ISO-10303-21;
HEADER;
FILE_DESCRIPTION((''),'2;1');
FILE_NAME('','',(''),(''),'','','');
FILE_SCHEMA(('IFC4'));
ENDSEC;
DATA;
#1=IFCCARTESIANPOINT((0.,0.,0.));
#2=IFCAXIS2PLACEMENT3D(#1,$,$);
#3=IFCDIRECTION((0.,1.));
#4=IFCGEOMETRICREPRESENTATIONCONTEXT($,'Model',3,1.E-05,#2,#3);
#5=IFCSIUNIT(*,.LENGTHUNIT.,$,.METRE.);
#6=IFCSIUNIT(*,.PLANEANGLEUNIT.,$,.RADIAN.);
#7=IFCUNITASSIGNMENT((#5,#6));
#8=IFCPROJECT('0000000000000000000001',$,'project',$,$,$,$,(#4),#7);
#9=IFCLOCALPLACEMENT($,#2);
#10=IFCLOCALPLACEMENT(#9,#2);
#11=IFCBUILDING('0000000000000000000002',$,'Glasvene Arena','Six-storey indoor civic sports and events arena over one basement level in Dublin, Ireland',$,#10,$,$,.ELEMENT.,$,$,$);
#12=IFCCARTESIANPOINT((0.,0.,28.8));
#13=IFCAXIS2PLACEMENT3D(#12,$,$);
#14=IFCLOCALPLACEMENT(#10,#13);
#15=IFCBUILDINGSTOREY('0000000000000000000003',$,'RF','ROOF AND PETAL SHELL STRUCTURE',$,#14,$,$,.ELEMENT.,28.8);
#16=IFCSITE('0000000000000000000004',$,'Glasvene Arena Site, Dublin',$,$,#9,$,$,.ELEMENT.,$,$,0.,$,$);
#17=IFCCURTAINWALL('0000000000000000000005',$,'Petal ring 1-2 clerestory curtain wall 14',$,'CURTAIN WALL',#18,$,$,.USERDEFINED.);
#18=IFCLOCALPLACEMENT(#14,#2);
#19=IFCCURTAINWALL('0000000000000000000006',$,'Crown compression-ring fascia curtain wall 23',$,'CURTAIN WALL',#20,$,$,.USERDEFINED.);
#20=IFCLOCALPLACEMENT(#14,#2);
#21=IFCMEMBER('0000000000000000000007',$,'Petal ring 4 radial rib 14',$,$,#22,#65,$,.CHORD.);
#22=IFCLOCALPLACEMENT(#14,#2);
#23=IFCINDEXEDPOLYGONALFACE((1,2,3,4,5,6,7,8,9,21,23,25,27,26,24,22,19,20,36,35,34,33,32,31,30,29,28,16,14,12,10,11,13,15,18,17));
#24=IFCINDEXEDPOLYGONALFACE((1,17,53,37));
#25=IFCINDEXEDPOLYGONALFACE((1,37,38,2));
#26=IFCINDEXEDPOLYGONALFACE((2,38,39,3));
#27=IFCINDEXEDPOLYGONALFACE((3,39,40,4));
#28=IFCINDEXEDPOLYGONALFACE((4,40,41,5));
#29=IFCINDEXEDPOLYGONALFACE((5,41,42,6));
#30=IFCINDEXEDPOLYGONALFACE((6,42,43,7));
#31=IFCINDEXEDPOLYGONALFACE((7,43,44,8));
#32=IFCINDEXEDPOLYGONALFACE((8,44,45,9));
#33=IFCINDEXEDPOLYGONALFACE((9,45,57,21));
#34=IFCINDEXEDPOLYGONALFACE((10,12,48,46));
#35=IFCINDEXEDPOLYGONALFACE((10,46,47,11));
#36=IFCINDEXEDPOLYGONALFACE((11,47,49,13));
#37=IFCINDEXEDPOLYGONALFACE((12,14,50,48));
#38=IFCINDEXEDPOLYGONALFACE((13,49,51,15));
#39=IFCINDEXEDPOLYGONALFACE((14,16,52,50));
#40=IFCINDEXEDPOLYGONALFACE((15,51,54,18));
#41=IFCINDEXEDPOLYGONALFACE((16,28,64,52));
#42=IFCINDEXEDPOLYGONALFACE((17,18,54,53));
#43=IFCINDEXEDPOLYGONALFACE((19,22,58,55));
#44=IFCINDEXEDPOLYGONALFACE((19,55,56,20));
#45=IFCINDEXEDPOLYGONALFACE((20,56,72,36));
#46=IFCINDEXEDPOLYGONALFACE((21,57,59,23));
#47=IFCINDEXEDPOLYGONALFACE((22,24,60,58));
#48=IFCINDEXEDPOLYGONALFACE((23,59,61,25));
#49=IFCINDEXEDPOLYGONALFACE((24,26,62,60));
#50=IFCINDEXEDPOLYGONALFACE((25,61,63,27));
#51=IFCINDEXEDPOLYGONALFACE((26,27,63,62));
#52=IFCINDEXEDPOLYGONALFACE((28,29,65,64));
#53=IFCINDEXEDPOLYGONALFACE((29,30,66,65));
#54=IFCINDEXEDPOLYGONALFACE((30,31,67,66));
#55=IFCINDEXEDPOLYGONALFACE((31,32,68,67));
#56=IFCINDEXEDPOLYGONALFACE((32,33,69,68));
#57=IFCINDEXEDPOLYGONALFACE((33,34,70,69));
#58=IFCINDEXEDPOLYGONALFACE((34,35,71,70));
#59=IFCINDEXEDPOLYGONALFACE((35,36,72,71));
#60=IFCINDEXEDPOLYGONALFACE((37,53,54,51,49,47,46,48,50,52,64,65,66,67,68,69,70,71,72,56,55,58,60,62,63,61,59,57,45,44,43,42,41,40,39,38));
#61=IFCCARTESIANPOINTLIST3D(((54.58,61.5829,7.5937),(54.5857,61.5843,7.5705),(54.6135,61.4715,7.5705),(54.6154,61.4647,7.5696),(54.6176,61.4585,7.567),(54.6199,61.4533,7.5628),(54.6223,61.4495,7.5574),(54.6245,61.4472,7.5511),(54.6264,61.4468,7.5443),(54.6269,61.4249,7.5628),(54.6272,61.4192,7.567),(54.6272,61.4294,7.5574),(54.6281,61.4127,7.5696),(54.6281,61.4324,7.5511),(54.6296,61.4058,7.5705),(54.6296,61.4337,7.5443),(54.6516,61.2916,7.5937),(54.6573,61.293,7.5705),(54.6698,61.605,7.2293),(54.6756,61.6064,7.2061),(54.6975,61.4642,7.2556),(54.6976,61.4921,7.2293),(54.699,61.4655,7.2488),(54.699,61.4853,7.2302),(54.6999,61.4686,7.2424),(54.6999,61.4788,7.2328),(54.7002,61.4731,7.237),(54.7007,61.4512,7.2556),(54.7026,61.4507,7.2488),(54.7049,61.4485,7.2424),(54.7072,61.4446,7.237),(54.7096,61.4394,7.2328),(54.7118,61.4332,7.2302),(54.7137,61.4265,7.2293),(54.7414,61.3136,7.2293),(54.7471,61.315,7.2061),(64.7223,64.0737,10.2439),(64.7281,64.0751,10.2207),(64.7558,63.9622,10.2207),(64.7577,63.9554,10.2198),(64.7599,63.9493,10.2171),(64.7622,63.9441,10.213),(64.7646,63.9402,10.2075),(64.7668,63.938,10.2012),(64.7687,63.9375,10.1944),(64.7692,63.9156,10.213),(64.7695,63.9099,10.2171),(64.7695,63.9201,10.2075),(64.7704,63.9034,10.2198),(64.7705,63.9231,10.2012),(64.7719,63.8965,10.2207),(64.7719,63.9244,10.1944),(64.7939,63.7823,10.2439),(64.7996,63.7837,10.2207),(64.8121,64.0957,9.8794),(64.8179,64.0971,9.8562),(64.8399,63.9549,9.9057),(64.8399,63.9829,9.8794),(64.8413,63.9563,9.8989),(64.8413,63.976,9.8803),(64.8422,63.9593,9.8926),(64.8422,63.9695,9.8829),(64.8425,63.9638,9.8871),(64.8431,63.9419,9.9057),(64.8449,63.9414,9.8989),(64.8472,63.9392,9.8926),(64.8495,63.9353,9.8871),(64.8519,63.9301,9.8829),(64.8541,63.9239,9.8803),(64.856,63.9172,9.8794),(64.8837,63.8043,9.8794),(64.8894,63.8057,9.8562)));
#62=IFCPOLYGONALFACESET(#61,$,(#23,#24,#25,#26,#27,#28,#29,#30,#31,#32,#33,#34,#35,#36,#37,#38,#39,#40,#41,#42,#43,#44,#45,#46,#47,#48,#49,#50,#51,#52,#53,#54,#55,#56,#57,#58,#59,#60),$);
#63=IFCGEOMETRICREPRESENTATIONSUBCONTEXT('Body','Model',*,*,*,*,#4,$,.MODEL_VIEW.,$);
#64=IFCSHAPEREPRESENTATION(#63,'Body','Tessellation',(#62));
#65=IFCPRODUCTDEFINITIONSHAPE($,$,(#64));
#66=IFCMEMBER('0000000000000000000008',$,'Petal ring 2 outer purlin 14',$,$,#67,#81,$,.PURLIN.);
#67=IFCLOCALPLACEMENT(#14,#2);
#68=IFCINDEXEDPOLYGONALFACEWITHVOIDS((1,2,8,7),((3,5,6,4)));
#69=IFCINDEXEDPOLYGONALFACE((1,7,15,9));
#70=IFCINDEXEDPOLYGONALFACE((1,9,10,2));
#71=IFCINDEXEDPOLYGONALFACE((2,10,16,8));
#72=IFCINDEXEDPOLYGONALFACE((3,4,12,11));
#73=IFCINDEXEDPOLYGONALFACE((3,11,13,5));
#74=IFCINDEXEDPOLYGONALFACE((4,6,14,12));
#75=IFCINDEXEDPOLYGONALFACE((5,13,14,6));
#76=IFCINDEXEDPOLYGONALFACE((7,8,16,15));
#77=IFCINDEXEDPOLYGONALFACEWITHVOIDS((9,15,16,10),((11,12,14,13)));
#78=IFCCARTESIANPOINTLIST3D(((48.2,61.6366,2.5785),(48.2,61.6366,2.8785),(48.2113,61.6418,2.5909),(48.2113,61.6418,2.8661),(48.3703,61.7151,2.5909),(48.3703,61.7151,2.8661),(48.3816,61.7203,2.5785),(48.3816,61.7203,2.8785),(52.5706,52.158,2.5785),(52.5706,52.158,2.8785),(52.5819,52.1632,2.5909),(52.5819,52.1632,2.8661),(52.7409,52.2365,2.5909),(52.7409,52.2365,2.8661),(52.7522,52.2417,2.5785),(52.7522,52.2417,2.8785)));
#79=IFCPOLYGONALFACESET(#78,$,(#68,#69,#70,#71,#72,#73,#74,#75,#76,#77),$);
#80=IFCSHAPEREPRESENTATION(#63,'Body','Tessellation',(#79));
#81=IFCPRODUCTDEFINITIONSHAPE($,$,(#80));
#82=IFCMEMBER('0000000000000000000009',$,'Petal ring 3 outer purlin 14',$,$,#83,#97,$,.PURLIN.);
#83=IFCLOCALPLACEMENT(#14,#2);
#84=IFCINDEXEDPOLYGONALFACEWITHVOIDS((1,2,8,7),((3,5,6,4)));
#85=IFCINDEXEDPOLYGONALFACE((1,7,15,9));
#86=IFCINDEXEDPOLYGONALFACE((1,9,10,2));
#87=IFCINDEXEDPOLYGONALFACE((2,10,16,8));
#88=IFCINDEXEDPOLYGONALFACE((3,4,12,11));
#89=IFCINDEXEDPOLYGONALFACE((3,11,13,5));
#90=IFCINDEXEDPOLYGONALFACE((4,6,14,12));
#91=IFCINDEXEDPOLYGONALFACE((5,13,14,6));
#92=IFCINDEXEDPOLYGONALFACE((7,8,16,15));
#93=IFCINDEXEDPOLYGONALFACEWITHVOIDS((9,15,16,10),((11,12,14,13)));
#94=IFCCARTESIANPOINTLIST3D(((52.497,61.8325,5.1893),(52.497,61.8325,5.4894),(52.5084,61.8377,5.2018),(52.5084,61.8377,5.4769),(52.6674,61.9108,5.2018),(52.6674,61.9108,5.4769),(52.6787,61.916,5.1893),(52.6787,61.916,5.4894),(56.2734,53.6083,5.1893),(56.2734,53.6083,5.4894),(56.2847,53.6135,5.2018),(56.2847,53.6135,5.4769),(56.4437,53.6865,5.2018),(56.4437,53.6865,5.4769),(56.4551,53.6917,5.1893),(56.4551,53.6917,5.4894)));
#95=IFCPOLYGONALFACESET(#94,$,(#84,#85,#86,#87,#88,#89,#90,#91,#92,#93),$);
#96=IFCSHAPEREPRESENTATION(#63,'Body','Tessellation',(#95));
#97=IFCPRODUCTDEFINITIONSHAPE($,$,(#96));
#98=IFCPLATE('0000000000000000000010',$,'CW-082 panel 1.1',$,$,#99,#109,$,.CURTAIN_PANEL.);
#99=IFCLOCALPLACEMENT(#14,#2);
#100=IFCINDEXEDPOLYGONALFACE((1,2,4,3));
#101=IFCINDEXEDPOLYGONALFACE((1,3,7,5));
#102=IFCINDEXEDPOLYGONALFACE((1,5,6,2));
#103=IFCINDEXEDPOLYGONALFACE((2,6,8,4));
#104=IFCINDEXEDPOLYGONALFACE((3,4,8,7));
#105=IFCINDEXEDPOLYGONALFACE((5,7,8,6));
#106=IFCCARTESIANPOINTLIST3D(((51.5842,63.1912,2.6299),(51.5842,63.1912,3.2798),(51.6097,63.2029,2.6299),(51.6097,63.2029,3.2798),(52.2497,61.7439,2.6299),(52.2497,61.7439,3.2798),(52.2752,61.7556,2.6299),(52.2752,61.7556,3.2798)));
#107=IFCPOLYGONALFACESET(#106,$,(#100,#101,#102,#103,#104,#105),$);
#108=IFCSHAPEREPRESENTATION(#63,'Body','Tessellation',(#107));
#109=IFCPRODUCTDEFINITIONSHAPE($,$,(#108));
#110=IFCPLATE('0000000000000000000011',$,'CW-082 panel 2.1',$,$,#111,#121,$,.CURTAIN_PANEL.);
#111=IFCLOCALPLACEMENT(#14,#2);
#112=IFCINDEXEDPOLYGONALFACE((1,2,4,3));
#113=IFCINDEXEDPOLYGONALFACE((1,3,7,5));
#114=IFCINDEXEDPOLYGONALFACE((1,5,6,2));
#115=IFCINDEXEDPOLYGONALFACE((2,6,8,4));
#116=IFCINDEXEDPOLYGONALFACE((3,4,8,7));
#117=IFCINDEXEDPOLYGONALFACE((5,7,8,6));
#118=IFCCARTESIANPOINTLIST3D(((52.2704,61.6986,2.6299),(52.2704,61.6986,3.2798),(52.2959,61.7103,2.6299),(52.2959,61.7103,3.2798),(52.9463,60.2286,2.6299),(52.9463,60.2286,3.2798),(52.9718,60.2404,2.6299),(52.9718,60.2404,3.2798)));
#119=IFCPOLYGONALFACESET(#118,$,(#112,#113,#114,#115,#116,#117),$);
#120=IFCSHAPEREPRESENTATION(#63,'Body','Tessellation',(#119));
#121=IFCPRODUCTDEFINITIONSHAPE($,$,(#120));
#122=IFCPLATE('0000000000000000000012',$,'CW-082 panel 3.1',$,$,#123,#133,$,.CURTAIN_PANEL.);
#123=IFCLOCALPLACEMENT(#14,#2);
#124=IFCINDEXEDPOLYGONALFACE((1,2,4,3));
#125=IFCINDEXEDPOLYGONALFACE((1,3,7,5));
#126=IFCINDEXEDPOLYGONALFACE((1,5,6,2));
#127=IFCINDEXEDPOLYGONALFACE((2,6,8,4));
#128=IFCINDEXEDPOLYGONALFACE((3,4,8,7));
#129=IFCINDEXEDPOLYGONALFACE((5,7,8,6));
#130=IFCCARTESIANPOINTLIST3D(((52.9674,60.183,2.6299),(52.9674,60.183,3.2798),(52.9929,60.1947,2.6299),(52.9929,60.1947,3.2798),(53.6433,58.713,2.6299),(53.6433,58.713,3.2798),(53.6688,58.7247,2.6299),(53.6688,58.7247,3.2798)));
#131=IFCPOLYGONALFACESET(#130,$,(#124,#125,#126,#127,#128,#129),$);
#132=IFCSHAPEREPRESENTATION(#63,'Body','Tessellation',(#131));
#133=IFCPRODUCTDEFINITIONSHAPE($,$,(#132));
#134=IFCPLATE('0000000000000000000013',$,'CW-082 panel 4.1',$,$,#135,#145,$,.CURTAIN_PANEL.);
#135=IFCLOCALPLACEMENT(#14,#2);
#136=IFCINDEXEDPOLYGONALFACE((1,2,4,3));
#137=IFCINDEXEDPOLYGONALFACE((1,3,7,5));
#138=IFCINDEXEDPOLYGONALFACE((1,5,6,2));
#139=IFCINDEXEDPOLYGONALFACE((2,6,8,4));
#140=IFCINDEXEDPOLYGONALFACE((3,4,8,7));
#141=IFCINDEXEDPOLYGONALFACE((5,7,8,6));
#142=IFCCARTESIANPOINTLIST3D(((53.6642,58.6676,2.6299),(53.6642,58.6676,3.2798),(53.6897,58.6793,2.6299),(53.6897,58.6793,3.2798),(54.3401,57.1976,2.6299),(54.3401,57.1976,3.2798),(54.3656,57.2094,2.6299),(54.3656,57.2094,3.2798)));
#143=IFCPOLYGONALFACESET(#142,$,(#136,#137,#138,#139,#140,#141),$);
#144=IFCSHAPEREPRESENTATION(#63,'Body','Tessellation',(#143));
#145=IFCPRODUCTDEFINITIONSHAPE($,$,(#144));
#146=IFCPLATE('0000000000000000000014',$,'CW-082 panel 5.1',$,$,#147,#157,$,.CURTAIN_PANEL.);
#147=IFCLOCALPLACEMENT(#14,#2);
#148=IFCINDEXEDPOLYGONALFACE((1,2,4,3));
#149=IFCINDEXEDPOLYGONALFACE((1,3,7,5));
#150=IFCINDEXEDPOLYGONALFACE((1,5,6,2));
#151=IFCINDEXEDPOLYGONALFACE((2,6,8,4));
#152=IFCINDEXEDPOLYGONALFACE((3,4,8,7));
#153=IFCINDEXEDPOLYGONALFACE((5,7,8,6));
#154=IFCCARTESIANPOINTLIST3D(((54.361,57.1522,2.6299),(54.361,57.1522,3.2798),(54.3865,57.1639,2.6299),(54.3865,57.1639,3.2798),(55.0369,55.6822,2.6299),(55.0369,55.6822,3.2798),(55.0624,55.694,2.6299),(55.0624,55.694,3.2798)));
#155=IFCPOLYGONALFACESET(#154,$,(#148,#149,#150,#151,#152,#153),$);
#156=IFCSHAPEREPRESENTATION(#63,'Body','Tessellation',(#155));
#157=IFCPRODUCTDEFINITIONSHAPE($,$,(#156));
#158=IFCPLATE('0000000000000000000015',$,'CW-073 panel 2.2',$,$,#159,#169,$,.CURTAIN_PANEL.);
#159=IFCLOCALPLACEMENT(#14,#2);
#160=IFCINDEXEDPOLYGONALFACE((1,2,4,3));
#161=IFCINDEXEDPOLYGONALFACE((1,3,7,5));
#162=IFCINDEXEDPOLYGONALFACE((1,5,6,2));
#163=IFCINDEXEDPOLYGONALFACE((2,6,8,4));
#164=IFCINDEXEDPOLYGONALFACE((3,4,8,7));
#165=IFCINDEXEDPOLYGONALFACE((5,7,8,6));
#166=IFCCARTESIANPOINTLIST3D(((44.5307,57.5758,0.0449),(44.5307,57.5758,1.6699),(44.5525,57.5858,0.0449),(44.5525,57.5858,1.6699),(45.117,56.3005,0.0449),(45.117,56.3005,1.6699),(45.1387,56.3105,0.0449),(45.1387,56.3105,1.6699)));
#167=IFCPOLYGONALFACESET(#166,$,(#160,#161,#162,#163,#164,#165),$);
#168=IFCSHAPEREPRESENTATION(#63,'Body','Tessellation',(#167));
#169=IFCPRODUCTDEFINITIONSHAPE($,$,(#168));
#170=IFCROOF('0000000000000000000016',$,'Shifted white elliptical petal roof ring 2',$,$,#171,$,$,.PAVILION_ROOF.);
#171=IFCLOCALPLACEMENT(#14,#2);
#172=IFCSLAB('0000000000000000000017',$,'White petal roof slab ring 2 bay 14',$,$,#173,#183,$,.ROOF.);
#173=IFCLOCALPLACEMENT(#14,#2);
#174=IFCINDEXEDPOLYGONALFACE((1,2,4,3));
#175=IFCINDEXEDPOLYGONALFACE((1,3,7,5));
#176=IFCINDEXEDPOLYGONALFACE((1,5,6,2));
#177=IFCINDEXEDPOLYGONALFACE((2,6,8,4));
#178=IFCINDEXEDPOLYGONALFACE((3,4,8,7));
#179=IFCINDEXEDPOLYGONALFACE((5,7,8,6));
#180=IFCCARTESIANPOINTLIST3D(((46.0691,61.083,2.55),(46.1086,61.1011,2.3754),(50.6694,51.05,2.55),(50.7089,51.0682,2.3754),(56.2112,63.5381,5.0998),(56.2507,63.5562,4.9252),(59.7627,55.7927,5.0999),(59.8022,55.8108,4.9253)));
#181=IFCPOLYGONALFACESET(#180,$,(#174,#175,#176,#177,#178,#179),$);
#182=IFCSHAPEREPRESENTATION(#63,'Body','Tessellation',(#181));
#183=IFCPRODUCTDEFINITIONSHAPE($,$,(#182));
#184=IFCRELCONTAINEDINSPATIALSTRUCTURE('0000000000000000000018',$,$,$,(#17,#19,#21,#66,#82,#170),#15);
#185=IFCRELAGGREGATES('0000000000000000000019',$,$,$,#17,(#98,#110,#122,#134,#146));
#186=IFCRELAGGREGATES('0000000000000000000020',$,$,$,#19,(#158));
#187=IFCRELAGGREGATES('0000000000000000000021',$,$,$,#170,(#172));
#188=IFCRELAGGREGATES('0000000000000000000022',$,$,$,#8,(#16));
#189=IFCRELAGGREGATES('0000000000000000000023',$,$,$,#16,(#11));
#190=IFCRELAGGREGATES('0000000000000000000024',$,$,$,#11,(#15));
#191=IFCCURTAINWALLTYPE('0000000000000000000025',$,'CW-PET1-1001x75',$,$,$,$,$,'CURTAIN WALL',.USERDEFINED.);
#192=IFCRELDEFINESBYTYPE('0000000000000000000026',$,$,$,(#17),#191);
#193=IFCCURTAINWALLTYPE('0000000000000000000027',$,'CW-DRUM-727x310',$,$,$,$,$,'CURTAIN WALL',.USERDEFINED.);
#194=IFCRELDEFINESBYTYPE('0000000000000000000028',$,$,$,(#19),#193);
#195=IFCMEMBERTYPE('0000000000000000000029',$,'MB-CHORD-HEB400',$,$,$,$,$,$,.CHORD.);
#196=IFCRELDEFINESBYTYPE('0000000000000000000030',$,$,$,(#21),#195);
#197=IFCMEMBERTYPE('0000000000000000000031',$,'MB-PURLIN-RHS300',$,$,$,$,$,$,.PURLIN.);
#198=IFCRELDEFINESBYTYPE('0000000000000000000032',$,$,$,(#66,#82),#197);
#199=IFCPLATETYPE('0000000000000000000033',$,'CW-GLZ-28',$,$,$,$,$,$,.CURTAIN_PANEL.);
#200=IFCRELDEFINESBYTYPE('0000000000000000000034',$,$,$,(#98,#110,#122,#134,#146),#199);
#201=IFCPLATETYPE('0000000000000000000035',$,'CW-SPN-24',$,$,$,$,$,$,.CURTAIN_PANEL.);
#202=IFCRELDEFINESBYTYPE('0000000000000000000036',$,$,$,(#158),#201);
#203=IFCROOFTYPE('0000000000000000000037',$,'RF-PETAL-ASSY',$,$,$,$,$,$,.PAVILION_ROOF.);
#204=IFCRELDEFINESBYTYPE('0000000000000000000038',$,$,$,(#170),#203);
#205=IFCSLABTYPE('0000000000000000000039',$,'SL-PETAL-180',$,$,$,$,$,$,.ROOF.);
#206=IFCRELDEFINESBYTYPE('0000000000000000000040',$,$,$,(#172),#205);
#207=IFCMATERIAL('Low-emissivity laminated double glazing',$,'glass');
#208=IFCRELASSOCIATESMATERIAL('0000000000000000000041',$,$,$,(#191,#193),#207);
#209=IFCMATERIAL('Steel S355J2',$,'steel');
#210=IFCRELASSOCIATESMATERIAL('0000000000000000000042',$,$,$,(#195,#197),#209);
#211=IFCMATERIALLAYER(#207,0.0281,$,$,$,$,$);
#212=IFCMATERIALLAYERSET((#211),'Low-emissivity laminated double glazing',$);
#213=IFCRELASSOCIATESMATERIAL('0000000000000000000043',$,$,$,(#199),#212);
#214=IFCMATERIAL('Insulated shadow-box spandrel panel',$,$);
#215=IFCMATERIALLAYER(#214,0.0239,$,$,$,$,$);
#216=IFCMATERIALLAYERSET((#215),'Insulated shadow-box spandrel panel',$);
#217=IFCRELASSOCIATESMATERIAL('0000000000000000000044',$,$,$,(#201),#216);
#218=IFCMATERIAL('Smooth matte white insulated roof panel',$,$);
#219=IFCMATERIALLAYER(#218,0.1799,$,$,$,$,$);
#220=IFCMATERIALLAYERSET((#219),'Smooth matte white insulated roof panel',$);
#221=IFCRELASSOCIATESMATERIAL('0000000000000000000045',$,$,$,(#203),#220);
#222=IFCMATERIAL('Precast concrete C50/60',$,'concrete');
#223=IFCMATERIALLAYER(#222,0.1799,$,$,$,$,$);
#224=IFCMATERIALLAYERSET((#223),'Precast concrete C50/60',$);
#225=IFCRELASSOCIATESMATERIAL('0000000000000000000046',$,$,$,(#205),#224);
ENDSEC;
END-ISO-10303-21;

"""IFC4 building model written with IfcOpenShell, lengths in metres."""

from ifc_helpers import new_model, si_unit, direction, frame, origin, origin_2d, place, context, subcontext, project, spatial, polyline, rectangle, hollow_rectangle, i_section, outline, extrude, material, layer, layer_set, material_profile, profile_set, type_object, element, aggregate, save


model = new_model("IFC4")

# Units and contexts
model_context = context("Model", 3, precision=1e-05, world=origin(), true_north=direction((0.0, 1.0)))
body_context = subcontext(model_context, "Body", "Model", "MODEL_VIEW")
ifc_project = project(units=[si_unit("LENGTHUNIT", "METRE"), si_unit("PLANEANGLEUNIT", "RADIAN")], contexts=[model_context])

# Site, building, storey
site_placement = place(None, origin())
site = spatial("IfcSite", under=ifc_project, at=site_placement, Name="Glasvene Arena Site, Dublin", CompositionType="ELEMENT", RefElevation=0.0)
building_placement = place(site_placement, origin())
building = spatial("IfcBuilding", under=site, at=building_placement, Name="Glasvene Arena", Description="Six-storey indoor civic sports and events arena over one basement level in Dublin, Ireland", CompositionType="ELEMENT")
storey_placement = place(building_placement, frame((0.0, 0.0, 28.8)))
storey = spatial("IfcBuildingStorey", under=building, at=storey_placement, Name="RF", Description="ROOF AND PETAL SHELL STRUCTURE", CompositionType="ELEMENT", Elevation=28.8)

# Shared definitions
ifc_material_1 = material(Name="Low-emissivity laminated double glazing", Category="glass")

# Curtain wall
curtain_wall_type_1 = type_object("IfcCurtainWallType", Name="CW-PET1-1001x75", ElementType="CURTAIN WALL", PredefinedType="USERDEFINED", material=ifc_material_1)
curtain_wall_1_placement = place(storey_placement, frame((51.5759, 63.2424, 0.0)))
curtain_wall_1 = element("IfcCurtainWall", 1, at=curtain_wall_1_placement, inside=storey, type_object=curtain_wall_type_1, Name="Petal ring 1-2 clerestory curtain wall 14", ObjectType="CURTAIN WALL", PredefinedType="USERDEFINED")

# Curtain wall
curtain_wall_type_2 = type_object("IfcCurtainWallType", Name="CW-DRUM-727x310", ElementType="CURTAIN WALL", PredefinedType="USERDEFINED", material=ifc_material_1)
curtain_wall_2_placement = place(storey_placement, frame((43.9241, 58.9243, 0.0)))
curtain_wall_2 = element("IfcCurtainWall", 2, at=curtain_wall_2_placement, inside=storey, type_object=curtain_wall_type_2, Name="Crown compression-ring fascia curtain wall 23", ObjectType="CURTAIN WALL", PredefinedType="USERDEFINED")

# Members
ifc_material_2 = material(Name="Steel S355J2", Category="steel")
ifc_material_profile_1 = material_profile(ifc_material_2, i_section(OverallWidth=0.3, OverallDepth=0.3999, WebThickness=0.0134, FlangeThickness=0.0239, FilletRadius=0.0271, at=origin_2d()), Name="HEB 400")
ifc_profile_set_1 = profile_set([ifc_material_profile_1], Name="Steel S355J2")
member_type_1 = type_object("IfcMemberType", Name="MB-CHORD-HEB400", PredefinedType="CHORD", material=ifc_profile_set_1)
member_1_placement = place(storey_placement, frame((54.6636, 61.449, 7.3999), z_axis=(0.941311, 0.231164, 0.24596), x_axis=(-0.238491, 0.971145, 0.0)))
element("IfcMember", 3, at=member_1_placement, inside=storey, type_object=member_type_1, Name="Petal ring 4 radial rib 14", PredefinedType="CHORD", context=body_context, shape_type="SweptSolid", body=[
    extrude(i_section(OverallWidth=0.3, OverallDepth=0.3999, WebThickness=0.0134, FlangeThickness=0.0239, FilletRadius=0.0271, at=origin_2d()), origin(), (0.0, 0.0, 1.0), 10.7747),
])
ifc_material_profile_2 = material_profile(ifc_material_2, hollow_rectangle(XDim=0.2, YDim=0.3, WallThickness=0.0125, at=origin_2d()), Name="RHS 300x200x12.5")
ifc_profile_set_2 = profile_set([ifc_material_profile_2], Name="Steel S355J2")
member_type_2 = type_object("IfcMemberType", Name="MB-PURLIN-RHS300", PredefinedType="PURLIN", material=ifc_profile_set_2)
member_2_placement = place(storey_placement, frame((48.2908, 61.6785, 2.7285), z_axis=(0.418735, -0.908109, 0.0), x_axis=(0.908109, 0.418735, 0.0)))
element("IfcMember", 4, at=member_2_placement, inside=storey, type_object=member_type_2, Name="Petal ring 2 outer purlin 14", PredefinedType="PURLIN", context=body_context, shape_type="SweptSolid", body=[
    extrude(hollow_rectangle(XDim=0.2, YDim=0.3, WallThickness=0.0125, at=origin_2d()), origin(), (0.0, 0.0, 1.0), 10.4377),
])
member_3_placement = place(storey_placement, frame((52.5879, 61.8743, 5.3394), z_axis=(0.417282, -0.908777, 0.0), x_axis=(0.908777, 0.417282, 0.0)))
element("IfcMember", 5, at=member_3_placement, inside=storey, type_object=member_type_2, Name="Petal ring 3 outer purlin 14", PredefinedType="PURLIN", context=body_context, shape_type="SweptSolid", body=[
    extrude(hollow_rectangle(XDim=0.2, YDim=0.3, WallThickness=0.0125, at=origin_2d()), origin(), (0.0, 0.0, 1.0), 9.0498),
])

# Plates
ifc_layer_1 = layer(ifc_material_1, 0.0281)
ifc_layer_set_1 = layer_set([ifc_layer_1], Name="Low-emissivity laminated double glazing")
plate_type_1 = type_object("IfcPlateType", Name="CW-GLZ-28", PredefinedType="CURTAIN_PANEL", material=ifc_layer_set_1)
plate_1_placement = place(storey_placement, frame((51.9297, 62.4734, 2.6299), z_axis=(0.0, 0.0, 1.0), x_axis=(0.417761, -0.908557, 0.0)))
plate_1 = element("IfcPlate", 6, at=plate_1_placement, type_object=plate_type_1, Name="CW-082 panel 1.1", PredefinedType="CURTAIN_PANEL", context=body_context, shape_type="SweptSolid", body=[
    extrude(rectangle(XDim=1.593, YDim=0.0281, at=origin_2d()), origin(), (0.0, 0.0, 1.0), 0.6499),
])
plate_2_placement = place(storey_placement, frame((52.6211, 60.9695, 2.6299), z_axis=(0.0, 0.0, 1.0), x_axis=(0.417761, -0.908557, 0.0)))
plate_2 = element("IfcPlate", 7, at=plate_2_placement, type_object=plate_type_1, Name="CW-082 panel 2.1", PredefinedType="CURTAIN_PANEL", context=body_context, shape_type="SweptSolid", body=[
    extrude(rectangle(XDim=1.6179, YDim=0.0281, at=origin_2d()), origin(), (0.0, 0.0, 1.0), 0.6499),
])
plate_3_placement = place(storey_placement, frame((53.3181, 59.4539, 2.6299), z_axis=(0.0, 0.0, 1.0), x_axis=(0.417761, -0.908557, 0.0)))
plate_3 = element("IfcPlate", 8, at=plate_3_placement, type_object=plate_type_1, Name="CW-082 panel 3.1", PredefinedType="CURTAIN_PANEL", context=body_context, shape_type="SweptSolid", body=[
    extrude(rectangle(XDim=1.6179, YDim=0.0281, at=origin_2d()), origin(), (0.0, 0.0, 1.0), 0.6499),
])
plate_4_placement = place(storey_placement, frame((54.0149, 57.9385, 2.6299), z_axis=(0.0, 0.0, 1.0), x_axis=(0.417761, -0.908557, 0.0)))
plate_4 = element("IfcPlate", 9, at=plate_4_placement, type_object=plate_type_1, Name="CW-082 panel 4.1", PredefinedType="CURTAIN_PANEL", context=body_context, shape_type="SweptSolid", body=[
    extrude(rectangle(XDim=1.6179, YDim=0.0281, at=origin_2d()), origin(), (0.0, 0.0, 1.0), 0.6499),
])
plate_5_placement = place(storey_placement, frame((54.7117, 56.4231, 2.6299), z_axis=(0.0, 0.0, 1.0), x_axis=(0.417761, -0.908557, 0.0)))
plate_5 = element("IfcPlate", 10, at=plate_5_placement, type_object=plate_type_1, Name="CW-082 panel 5.1", PredefinedType="CURTAIN_PANEL", context=body_context, shape_type="SweptSolid", body=[
    extrude(rectangle(XDim=1.6179, YDim=0.0281, at=origin_2d()), origin(), (0.0, 0.0, 1.0), 0.6499),
])
aggregate(curtain_wall_1, [plate_1, plate_2, plate_3, plate_4, plate_5])
ifc_material_3 = material(Name="Insulated shadow-box spandrel panel")
ifc_layer_2 = layer(ifc_material_3, 0.0239)
ifc_layer_set_2 = layer_set([ifc_layer_2], Name="Insulated shadow-box spandrel panel")
plate_type_2 = type_object("IfcPlateType", Name="CW-SPN-24", PredefinedType="CURTAIN_PANEL", material=ifc_layer_set_2)
plate_6_placement = place(storey_placement, frame((44.8347, 56.9431, 0.0449), z_axis=(0.0, 0.0, 1.0), x_axis=(0.417661, -0.908603, 0.0)))
plate_6 = element("IfcPlate", 11, at=plate_6_placement, type_object=plate_type_2, Name="CW-073 panel 2.2", PredefinedType="CURTAIN_PANEL", context=body_context, shape_type="SweptSolid", body=[
    extrude(rectangle(XDim=1.4036, YDim=0.0239, at=origin_2d()), origin(), (0.0, 0.0, 1.0), 1.625),
])
aggregate(curtain_wall_2, [plate_6])

# Roof, slab
ifc_material_4 = material(Name="Smooth matte white insulated roof panel")
ifc_layer_3 = layer(ifc_material_4, 0.1799)
ifc_layer_set_3 = layer_set([ifc_layer_3], Name="Smooth matte white insulated roof panel")
roof_type = type_object("IfcRoofType", Name="RF-PETAL-ASSY", PredefinedType="PAVILION_ROOF", material=ifc_layer_set_3)
roof_1_placement = place(storey_placement, frame((90.55, 71.8501, 2.55)))
roof_1 = element("IfcRoof", 12, at=roof_1_placement, inside=storey, type_object=roof_type, Name="Shifted white elliptical petal roof ring 2", PredefinedType="PAVILION_ROOF")
ifc_material_5 = material(Name="Precast concrete C50/60", Category="concrete")
ifc_layer_4 = layer(ifc_material_5, 0.1799)
ifc_layer_set_4 = layer_set([ifc_layer_4], Name="Precast concrete C50/60")
slab_type = type_object("IfcSlabType", Name="SL-PETAL-180", PredefinedType="ROOF", material=ifc_layer_set_4)
slab_1_placement = place(storey_placement, frame((46.0691, 61.083, 2.55), z_axis=(-0.219588, -0.100687, 0.970383), x_axis=(0.416797, -0.908999, -0.000001)))
slab_1 = element("IfcSlab", 13, at=slab_1_placement, type_object=slab_type, Name="White petal roof slab ring 2 bay 14", PredefinedType="ROOF", context=body_context, shape_type="SweptSolid", body=[
    extrude(outline(polyline([(0.0, 0.0), (11.0374, 0.0), (10.5163, 10.5551), (1.9955, 10.555), (0.0, 0.0)])), origin(), (0.0, 0.0, -1.0), 0.1799),
])
aggregate(roof_1, [slab_1])

save(model, "model.ifc")
